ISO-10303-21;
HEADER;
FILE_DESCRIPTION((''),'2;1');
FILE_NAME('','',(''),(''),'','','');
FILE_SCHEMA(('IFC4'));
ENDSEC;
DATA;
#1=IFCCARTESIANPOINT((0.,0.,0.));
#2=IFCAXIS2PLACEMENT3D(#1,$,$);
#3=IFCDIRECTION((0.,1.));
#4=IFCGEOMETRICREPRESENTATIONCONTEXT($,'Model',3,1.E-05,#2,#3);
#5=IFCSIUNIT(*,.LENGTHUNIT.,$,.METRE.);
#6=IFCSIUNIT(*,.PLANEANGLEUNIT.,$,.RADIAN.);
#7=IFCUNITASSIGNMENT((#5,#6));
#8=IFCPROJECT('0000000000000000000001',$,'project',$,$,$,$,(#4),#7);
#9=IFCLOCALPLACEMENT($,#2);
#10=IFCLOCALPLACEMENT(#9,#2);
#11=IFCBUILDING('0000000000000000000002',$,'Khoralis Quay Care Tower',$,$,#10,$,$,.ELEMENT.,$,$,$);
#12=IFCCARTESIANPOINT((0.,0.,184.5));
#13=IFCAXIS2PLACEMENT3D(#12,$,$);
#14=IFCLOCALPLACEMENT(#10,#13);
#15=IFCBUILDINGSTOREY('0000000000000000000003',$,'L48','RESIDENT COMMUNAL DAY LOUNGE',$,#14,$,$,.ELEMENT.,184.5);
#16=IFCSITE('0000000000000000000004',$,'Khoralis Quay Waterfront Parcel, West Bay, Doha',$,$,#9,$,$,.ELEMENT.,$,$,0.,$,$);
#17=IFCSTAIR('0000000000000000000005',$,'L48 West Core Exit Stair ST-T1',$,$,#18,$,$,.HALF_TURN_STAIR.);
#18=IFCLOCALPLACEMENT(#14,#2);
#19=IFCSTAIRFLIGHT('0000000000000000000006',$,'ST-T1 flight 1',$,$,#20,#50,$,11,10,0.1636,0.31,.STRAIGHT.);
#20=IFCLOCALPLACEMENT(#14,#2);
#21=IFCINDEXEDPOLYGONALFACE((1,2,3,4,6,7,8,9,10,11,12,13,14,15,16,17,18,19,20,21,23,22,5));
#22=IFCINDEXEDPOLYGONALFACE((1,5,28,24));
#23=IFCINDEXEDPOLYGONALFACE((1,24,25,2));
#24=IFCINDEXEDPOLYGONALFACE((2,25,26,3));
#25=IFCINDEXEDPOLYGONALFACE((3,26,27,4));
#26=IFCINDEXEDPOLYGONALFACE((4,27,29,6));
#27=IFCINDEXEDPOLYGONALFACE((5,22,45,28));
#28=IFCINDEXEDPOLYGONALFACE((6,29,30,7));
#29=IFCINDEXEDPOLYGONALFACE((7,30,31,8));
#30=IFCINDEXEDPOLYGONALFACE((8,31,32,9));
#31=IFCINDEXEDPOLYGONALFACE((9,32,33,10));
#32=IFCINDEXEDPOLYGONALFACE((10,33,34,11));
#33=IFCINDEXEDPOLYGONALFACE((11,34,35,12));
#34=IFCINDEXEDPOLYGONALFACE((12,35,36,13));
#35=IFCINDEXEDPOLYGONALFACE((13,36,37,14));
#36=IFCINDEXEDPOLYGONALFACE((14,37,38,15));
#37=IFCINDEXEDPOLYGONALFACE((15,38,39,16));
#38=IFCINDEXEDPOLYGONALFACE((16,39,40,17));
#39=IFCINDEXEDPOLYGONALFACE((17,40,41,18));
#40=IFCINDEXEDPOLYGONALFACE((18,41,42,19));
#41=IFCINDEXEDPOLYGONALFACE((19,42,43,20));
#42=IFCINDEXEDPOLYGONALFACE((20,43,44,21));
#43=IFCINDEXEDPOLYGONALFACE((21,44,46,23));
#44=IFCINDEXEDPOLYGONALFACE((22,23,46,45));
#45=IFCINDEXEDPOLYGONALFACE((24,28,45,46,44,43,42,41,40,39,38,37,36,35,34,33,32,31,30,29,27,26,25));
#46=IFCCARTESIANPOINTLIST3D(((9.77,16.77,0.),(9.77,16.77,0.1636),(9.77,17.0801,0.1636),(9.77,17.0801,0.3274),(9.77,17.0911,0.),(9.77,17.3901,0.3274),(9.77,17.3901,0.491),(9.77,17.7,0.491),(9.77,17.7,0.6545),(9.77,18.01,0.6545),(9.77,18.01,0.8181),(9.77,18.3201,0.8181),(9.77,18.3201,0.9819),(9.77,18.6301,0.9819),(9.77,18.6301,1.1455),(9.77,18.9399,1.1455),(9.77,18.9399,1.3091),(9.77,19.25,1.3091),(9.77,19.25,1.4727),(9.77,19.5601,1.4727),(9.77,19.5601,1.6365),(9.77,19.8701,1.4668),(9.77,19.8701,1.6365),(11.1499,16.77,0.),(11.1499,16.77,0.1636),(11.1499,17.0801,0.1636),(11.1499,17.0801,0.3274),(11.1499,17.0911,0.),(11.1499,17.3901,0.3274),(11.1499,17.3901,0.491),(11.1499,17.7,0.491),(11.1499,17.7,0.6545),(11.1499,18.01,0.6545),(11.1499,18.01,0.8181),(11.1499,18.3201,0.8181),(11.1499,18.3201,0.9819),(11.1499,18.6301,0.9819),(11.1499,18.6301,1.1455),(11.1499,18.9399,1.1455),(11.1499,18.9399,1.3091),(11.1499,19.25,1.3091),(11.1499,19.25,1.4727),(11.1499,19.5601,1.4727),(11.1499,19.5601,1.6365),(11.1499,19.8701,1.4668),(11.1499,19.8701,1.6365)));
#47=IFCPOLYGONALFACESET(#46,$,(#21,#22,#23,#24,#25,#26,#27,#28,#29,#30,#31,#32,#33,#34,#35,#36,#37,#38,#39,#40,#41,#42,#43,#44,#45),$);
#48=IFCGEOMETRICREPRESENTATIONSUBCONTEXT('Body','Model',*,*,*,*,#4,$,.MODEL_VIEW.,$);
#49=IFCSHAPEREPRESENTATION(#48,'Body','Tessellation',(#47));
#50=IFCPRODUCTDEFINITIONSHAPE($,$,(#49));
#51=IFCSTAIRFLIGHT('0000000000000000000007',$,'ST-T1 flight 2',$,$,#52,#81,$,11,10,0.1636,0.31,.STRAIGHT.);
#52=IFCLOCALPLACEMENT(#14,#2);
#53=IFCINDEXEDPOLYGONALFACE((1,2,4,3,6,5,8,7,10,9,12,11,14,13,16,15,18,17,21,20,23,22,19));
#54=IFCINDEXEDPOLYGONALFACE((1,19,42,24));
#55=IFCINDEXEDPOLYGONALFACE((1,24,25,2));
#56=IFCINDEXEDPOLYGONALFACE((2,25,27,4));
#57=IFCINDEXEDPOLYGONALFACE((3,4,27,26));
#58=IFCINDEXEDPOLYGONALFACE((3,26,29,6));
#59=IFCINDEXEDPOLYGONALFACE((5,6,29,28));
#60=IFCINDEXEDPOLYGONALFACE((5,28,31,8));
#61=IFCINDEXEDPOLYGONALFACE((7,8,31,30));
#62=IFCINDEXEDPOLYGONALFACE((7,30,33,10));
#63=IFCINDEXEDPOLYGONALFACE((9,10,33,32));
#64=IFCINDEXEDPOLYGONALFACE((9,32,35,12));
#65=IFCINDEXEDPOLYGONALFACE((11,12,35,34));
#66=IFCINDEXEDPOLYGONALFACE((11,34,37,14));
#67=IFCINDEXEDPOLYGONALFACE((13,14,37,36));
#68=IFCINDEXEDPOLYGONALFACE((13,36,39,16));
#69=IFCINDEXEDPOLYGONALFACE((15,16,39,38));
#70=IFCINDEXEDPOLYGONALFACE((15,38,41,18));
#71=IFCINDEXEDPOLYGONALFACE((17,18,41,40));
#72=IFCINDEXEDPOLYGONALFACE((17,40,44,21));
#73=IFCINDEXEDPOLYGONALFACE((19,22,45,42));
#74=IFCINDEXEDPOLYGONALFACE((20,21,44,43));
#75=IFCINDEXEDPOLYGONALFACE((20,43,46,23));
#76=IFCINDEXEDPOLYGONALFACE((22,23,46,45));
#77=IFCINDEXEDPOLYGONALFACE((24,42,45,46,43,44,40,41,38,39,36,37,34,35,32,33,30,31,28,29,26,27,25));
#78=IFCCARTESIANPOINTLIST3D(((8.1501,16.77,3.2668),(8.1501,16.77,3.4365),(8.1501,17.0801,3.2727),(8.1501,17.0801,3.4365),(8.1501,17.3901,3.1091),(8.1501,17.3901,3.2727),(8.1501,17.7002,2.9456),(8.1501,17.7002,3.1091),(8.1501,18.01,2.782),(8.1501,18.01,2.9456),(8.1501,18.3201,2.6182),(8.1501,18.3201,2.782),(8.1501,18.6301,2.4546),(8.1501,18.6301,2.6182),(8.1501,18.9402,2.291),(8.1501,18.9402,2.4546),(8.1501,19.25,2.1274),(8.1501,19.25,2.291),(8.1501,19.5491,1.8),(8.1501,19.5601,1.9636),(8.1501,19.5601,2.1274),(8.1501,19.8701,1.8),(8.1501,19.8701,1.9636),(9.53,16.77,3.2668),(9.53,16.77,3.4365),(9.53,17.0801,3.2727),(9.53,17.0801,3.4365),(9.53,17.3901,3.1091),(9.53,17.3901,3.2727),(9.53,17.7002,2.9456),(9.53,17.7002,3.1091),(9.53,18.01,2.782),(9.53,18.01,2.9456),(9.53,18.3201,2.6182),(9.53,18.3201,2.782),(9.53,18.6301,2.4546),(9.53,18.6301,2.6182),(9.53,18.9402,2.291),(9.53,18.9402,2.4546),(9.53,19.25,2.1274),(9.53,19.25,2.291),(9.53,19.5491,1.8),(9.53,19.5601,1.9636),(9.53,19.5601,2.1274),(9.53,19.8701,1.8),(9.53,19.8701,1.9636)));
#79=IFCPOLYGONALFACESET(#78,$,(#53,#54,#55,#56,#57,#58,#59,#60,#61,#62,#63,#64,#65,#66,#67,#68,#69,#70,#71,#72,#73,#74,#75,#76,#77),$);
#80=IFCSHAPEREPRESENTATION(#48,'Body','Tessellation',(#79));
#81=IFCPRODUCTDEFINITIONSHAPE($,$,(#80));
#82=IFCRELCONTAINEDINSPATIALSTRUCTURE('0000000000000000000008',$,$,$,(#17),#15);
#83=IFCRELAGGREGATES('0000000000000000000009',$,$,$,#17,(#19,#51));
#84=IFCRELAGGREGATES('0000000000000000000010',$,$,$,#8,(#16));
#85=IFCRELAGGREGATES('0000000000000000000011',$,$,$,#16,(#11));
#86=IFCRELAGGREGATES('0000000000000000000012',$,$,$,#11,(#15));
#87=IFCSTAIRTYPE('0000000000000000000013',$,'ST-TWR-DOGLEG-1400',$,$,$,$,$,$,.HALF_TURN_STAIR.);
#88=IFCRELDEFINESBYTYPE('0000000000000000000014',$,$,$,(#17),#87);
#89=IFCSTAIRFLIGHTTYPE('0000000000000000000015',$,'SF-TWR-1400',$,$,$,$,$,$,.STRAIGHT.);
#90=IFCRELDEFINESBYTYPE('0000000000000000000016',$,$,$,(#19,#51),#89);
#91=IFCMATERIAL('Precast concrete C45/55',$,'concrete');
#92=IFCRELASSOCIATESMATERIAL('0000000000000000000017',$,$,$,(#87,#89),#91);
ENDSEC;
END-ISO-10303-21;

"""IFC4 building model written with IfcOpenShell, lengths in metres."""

from ifc_helpers import new_model, si_unit, direction, frame, origin, place, context, subcontext, project, spatial, polyline, outline, extrude, source, transform, mapped, material, type_object, element, aggregate, save


model = new_model("IFC4")

# Units and contexts
model_context = context("Model", 3, precision=1e-05, world=origin(), true_north=direction((0.0, 1.0)))
body_context = subcontext(model_context, "Body", "Model", "MODEL_VIEW")
ifc_project = project(units=[si_unit("LENGTHUNIT", "METRE"), si_unit("PLANEANGLEUNIT", "RADIAN")], contexts=[model_context])

# Site, building, storey
site_placement = place(None, origin())
site = spatial("IfcSite", under=ifc_project, at=site_placement, Name="Khoralis Quay Waterfront Parcel, West Bay, Doha", CompositionType="ELEMENT", RefElevation=0.0)
building_placement = place(site_placement, origin())
building = spatial("IfcBuilding", under=site, at=building_placement, Name="Khoralis Quay Care Tower", CompositionType="ELEMENT")
storey_placement = place(building_placement, frame((0.0, 0.0, 184.5)))
storey = spatial("IfcBuildingStorey", under=building, at=storey_placement, Name="L48", Description="RESIDENT COMMUNAL DAY LOUNGE", CompositionType="ELEMENT", Elevation=184.5)

# Shared definitions
ifc_material_1 = material(Name="Precast concrete C45/55", Category="concrete")

# Stair, stair flights
stair_type = type_object("IfcStairType", Name="ST-TWR-DOGLEG-1400", PredefinedType="HALF_TURN_STAIR", material=ifc_material_1)
stair_placement = place(storey_placement, origin())
stair = element("IfcStair", 1, at=stair_placement, inside=storey, type_object=stair_type, Name="L48 West Core Exit Stair ST-T1", PredefinedType="HALF_TURN_STAIR")
stair_flight_type = type_object("IfcStairFlightType", Name="SF-TWR-1400", PredefinedType="STRAIGHT", material=ifc_material_1)
shared_shape_1 = source(origin(), body_context, "Body", "SweptSolid", [
    extrude(outline(polyline([(0.0, 0.0), (0.0, 0.1636), (0.3101, 0.1636), (0.3101, 0.3274), (0.6201, 0.3274), (0.6201, 0.491), (0.9299, 0.491), (0.9299, 0.6545), (1.24, 0.6545), (1.24, 0.8181), (1.55, 0.8181), (1.55, 0.9819), (1.8601, 0.9819), (1.8601, 1.1455), (2.1699, 1.1455), (2.1699, 1.3091), (2.48, 1.3091), (2.48, 1.4727), (2.79, 1.4727), (2.79, 1.6365), (3.1001, 1.6365), (3.1001, 1.8), (3.1001, 1.4668), (0.321, 0.0), (0.0, 0.0)])), frame((0.0, 0.6899, 0.0), z_axis=(0.0, -1.0, 0.0), x_axis=(1.0, 0.0, 0.0)), (0.0, 0.0, 1.0), 1.3799),
])
stair_flight_1_placement = place(storey_placement, frame((10.46, 16.77, 0.0), z_axis=(0.0, 0.0, 1.0), x_axis=(0.0, 1.0, 0.0)))
stair_flight_1 = element("IfcStairFlight", 2, at=stair_flight_1_placement, type_object=stair_flight_type, Name="ST-T1 flight 1", NumberOfRisers=11, NumberOfTreads=10, PredefinedType="STRAIGHT", RiserHeight=0.1636, TreadLength=0.31, context=body_context, shape_type="MappedRepresentation", body=[
    mapped(shared_shape_1, transform((0.0, 0.0, 0.0), scale=1.0)),
])
stair_flight_2_placement = place(storey_placement, frame((8.8401, 19.8701, 1.8), z_axis=(0.0, 0.0, 1.0), x_axis=(0.0, -1.0, 0.0)))
stair_flight_2 = element("IfcStairFlight", 3, at=stair_flight_2_placement, type_object=stair_flight_type, Name="ST-T1 flight 2", NumberOfRisers=11, NumberOfTreads=10, PredefinedType="STRAIGHT", RiserHeight=0.1636, TreadLength=0.31, context=body_context, shape_type="MappedRepresentation", body=[
    mapped(shared_shape_1, transform((0.0, 0.0, 0.0), scale=1.0)),
])
aggregate(stair, [stair_flight_1, stair_flight_2])

save(model, "model.ifc")
